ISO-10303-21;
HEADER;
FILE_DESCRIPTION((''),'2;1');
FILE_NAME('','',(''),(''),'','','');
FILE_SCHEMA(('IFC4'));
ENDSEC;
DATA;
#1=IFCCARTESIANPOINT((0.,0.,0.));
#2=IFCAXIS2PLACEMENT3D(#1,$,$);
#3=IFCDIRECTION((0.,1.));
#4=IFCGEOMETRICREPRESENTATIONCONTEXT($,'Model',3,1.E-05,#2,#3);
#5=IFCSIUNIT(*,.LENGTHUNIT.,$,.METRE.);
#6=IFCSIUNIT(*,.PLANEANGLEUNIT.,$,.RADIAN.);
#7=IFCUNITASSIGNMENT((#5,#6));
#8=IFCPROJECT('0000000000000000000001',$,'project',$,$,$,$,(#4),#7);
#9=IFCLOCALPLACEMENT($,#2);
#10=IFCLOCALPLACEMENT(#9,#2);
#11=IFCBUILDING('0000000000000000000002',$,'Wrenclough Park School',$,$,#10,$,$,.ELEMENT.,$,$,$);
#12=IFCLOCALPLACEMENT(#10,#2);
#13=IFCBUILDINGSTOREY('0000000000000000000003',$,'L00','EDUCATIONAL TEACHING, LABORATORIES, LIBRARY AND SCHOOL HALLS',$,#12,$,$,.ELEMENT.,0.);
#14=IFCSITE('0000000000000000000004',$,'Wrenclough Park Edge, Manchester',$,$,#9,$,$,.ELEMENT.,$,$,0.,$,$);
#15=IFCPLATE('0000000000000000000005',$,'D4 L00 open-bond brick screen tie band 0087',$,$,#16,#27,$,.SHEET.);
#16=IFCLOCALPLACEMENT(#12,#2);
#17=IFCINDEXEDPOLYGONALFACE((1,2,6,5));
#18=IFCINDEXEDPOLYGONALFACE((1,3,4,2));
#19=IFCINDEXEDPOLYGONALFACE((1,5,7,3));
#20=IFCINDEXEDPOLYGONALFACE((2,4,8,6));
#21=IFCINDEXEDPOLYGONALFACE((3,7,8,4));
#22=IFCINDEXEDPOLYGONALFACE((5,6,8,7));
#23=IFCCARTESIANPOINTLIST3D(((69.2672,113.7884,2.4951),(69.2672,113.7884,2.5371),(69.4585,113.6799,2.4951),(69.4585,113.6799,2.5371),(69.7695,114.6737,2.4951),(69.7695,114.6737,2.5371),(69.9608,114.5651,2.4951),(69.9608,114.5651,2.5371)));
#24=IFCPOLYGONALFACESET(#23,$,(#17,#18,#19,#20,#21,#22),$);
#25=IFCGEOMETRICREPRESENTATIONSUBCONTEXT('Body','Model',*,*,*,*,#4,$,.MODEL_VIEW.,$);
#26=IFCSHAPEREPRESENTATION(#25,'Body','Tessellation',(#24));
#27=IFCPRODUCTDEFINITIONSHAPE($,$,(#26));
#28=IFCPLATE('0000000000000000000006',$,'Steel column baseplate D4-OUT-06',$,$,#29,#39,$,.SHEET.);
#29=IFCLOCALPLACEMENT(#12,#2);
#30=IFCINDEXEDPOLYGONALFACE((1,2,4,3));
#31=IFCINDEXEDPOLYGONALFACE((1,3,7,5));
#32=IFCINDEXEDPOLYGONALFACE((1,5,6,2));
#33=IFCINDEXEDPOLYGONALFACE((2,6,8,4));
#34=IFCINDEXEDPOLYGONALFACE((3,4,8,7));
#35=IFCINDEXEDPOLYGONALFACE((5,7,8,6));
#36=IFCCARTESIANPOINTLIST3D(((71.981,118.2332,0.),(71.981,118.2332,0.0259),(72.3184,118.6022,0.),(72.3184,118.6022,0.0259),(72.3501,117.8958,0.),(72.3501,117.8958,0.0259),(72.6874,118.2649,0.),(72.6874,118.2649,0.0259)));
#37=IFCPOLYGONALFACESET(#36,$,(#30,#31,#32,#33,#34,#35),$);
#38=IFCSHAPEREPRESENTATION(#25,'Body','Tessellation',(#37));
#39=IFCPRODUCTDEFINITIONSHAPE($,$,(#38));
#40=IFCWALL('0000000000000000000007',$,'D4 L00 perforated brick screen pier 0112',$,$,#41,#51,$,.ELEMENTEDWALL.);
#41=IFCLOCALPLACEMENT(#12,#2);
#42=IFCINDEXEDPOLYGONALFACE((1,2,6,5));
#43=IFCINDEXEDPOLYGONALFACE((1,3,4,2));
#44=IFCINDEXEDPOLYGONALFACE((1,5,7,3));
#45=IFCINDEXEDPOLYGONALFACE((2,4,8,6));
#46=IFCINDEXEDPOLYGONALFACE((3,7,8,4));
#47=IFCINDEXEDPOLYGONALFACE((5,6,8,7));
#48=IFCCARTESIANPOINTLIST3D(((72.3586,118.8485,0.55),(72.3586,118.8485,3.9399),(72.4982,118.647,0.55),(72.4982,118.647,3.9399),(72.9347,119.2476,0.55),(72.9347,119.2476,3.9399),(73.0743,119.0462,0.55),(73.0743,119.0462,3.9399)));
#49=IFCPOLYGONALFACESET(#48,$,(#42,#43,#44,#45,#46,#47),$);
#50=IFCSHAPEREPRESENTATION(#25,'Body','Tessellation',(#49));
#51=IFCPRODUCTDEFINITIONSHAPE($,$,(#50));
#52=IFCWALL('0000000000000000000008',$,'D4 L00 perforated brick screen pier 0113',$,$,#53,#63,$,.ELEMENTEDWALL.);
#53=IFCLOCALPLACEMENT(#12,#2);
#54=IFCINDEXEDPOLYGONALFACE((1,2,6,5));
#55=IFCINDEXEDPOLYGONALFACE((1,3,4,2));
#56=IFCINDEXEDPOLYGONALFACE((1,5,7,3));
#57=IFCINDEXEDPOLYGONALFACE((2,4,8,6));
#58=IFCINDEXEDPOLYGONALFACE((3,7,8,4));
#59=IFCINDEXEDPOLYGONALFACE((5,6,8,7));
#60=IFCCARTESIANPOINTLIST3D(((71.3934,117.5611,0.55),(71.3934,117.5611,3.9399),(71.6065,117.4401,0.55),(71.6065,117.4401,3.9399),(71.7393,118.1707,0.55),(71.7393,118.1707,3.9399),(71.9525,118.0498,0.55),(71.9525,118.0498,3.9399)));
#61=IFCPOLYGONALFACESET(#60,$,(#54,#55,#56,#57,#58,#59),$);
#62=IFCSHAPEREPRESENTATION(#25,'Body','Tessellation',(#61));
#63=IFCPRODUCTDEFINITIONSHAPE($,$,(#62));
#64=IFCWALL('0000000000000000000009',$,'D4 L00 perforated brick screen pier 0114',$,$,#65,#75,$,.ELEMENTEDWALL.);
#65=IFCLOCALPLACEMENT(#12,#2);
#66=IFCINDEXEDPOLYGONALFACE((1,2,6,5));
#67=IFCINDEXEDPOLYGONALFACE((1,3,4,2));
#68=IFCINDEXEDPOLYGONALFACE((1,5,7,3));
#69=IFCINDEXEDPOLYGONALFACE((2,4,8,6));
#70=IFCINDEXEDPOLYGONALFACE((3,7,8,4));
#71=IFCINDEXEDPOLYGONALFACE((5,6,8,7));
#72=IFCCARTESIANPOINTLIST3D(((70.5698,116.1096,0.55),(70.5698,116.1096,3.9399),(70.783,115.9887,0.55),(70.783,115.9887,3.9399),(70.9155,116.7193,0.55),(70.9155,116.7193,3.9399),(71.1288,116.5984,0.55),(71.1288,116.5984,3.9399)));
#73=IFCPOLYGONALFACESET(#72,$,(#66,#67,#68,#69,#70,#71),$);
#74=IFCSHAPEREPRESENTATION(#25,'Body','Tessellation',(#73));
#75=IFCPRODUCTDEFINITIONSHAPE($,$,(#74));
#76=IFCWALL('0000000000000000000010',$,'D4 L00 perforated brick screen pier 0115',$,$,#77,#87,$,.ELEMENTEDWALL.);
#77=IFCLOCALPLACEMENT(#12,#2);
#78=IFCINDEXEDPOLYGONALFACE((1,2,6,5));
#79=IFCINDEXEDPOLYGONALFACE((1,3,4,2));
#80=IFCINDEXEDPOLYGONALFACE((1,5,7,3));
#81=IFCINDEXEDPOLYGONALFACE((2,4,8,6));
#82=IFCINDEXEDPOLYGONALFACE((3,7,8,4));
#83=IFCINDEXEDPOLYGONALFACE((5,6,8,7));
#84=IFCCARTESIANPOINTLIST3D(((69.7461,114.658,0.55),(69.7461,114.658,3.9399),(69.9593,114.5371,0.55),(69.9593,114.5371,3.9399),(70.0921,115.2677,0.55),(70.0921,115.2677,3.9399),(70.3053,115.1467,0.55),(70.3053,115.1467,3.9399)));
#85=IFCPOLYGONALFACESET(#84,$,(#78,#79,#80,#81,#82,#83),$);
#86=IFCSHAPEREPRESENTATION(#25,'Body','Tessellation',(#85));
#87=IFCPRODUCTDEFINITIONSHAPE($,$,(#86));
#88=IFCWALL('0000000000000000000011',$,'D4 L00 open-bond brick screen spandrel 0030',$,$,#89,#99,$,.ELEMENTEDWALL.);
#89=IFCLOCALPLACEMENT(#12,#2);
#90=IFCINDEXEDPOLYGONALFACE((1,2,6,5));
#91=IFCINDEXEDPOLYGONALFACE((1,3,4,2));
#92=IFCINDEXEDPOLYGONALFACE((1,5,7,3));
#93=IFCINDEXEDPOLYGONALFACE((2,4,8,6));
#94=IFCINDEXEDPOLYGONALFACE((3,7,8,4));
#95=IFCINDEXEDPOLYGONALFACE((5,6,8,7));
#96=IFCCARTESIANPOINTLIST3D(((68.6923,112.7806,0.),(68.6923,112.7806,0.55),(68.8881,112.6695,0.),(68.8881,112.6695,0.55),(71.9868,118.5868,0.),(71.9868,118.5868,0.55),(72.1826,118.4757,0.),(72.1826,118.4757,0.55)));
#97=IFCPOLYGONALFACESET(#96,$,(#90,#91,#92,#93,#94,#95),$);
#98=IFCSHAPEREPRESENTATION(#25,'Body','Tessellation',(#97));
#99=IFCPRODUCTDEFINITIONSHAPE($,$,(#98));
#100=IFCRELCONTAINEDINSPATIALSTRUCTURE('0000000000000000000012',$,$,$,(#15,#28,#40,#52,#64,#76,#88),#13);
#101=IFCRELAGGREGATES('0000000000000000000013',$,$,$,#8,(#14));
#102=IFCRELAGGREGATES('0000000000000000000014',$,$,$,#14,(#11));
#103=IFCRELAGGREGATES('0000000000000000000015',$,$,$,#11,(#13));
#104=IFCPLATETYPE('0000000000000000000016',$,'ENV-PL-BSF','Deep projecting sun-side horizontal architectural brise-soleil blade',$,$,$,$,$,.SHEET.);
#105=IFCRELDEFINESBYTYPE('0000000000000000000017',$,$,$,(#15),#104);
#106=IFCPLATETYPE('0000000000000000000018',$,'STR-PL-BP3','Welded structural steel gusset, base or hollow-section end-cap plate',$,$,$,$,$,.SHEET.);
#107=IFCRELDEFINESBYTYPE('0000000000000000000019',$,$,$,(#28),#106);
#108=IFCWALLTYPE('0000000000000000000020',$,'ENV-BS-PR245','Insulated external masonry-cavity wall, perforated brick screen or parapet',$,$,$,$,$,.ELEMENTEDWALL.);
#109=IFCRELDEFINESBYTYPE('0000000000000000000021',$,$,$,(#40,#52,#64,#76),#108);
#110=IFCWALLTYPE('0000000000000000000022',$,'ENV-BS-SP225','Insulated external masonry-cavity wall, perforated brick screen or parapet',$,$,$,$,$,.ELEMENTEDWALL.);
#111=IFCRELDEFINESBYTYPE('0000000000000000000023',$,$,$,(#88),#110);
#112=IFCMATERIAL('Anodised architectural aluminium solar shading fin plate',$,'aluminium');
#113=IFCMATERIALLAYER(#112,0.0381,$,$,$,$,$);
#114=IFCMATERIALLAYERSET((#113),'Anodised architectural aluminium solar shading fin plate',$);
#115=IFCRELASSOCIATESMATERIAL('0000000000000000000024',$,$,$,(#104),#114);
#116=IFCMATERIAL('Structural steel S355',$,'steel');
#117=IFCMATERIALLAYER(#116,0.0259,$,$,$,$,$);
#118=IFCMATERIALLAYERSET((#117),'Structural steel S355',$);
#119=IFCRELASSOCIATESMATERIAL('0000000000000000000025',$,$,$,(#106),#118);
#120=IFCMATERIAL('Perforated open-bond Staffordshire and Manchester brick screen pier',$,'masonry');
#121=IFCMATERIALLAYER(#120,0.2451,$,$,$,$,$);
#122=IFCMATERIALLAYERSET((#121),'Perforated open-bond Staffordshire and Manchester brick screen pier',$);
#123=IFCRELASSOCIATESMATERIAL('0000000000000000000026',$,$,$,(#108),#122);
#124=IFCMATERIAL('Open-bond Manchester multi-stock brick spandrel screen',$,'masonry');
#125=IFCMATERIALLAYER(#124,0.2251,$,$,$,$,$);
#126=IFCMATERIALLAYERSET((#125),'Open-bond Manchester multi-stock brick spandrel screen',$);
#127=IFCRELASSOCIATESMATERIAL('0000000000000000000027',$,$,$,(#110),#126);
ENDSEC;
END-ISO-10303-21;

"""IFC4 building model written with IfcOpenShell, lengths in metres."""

from ifc_helpers import new_model, si_unit, direction, frame, frame_2d, origin, origin_2d, place, context, subcontext, project, spatial, rectangle, extrude, material, layer, layer_set, type_object, element, save


model = new_model("IFC4")

# Units and contexts
model_context = context("Model", 3, precision=1e-05, world=origin(), true_north=direction((0.0, 1.0)))
body_context = subcontext(model_context, "Body", "Model", "MODEL_VIEW")
ifc_project = project(units=[si_unit("LENGTHUNIT", "METRE"), si_unit("PLANEANGLEUNIT", "RADIAN")], contexts=[model_context])

# Site, building, storey
site_placement = place(None, origin())
site = spatial("IfcSite", under=ifc_project, at=site_placement, Name="Wrenclough Park Edge, Manchester", CompositionType="ELEMENT", RefElevation=0.0)
building_placement = place(site_placement, origin())
building = spatial("IfcBuilding", under=site, at=building_placement, Name="Wrenclough Park School", CompositionType="ELEMENT")
storey_placement = place(building_placement, origin())
storey = spatial("IfcBuildingStorey", under=building, at=storey_placement, Name="L00", Description="EDUCATIONAL TEACHING, LABORATORIES, LIBRARY AND SCHOOL HALLS", CompositionType="ELEMENT", Elevation=0.0)

# Shared definitions
ifc_material_1 = material(Name="Structural steel S355", Category="steel")

# Plates
ifc_material_2 = material(Name="Anodised architectural aluminium solar shading fin plate", Category="aluminium")
ifc_layer_1 = layer(ifc_material_2, 0.0381)
ifc_layer_set_1 = layer_set([ifc_layer_1], Name="Anodised architectural aluminium solar shading fin plate")
plate_type_1 = type_object("IfcPlateType", Name="ENV-PL-BSF", Description="Deep projecting sun-side horizontal architectural brise-soleil blade", PredefinedType="SHEET", material=ifc_layer_set_1)
plate_1_placement = place(storey_placement, frame((69.614, 114.1768, 2.4951), z_axis=(0.0, 0.0, 1.0), x_axis=(-0.493509, -0.869741, 0.0)))
element("IfcPlate", 1, at=plate_1_placement, inside=storey, type_object=plate_type_1, Name="D4 L00 open-bond brick screen tie band 0087", PredefinedType="SHEET", context=body_context, shape_type="SweptSolid", body=[
    extrude(rectangle(XDim=1.0178, YDim=0.22, at=origin_2d()), origin(), (0.0, 0.0, 1.0), 0.042),
])
ifc_layer_2 = layer(ifc_material_1, 0.0259)
ifc_layer_set_2 = layer_set([ifc_layer_2], Name="Structural steel S355")
plate_type_2 = type_object("IfcPlateType", Name="STR-PL-BP3", Description="Welded structural steel gusset, base or hollow-section end-cap plate", PredefinedType="SHEET", material=ifc_layer_set_2)
plate_2_placement = place(storey_placement, frame((72.3342, 118.249, 0.0), z_axis=(0.0, 0.0, 1.0), x_axis=(-0.674689, -0.738102, 0.0)))
element("IfcPlate", 2, at=plate_2_placement, inside=storey, type_object=plate_type_2, Name="Steel column baseplate D4-OUT-06", PredefinedType="SHEET", context=body_context, shape_type="SweptSolid", body=[
    extrude(rectangle(XDim=0.5, YDim=0.5, at=origin_2d()), origin(), (0.0, 0.0, 1.0), 0.0259),
])

# Walls
ifc_material_3 = material(Name="Perforated open-bond Staffordshire and Manchester brick screen pier", Category="masonry")
ifc_layer_3 = layer(ifc_material_3, 0.2451)
ifc_layer_set_3 = layer_set([ifc_layer_3], Name="Perforated open-bond Staffordshire and Manchester brick screen pier")
wall_type_1 = type_object("IfcWallType", Name="ENV-BS-PR245", Description="Insulated external masonry-cavity wall, perforated brick screen or parapet", PredefinedType="ELEMENTEDWALL", material=ifc_layer_set_3)
for number, where, z_axis, x_axis, name in (
    (3, (73.0046, 119.147, 0.55), (0.0, 0.0, 1.0), (-0.822004, -0.569482, 0.0), "D4 L00 perforated brick screen pier 0112"),
    (4, (71.8459, 118.1104, 0.55), (0.0, 0.0, 1.0), (-0.493549, -0.869718, 0.0), "D4 L00 perforated brick screen pier 0113"),
    (5, (71.0222, 116.6589, 0.55), (0.0, 0.0, 1.0), (-0.493285, -0.869868, 0.0), "D4 L00 perforated brick screen pier 0114"),
    (6, (70.1987, 115.2073, 0.55), (0.0, 0.0, 1.0), (-0.493549, -0.869718, 0.0), "D4 L00 perforated brick screen pier 0115"),
):
    element("IfcWall", number, at=place(storey_placement, frame(where, z_axis=z_axis, x_axis=x_axis)), inside=storey, type_object=wall_type_1, Name=name, PredefinedType="ELEMENTEDWALL", context=body_context, shape_type="SweptSolid", body=[
        extrude(rectangle(XDim=0.7009, YDim=0.2451, at=frame_2d((0.3506, 0.0))), origin(), (0.0, 0.0, 1.0), 3.3899),
    ])
ifc_material_4 = material(Name="Open-bond Manchester multi-stock brick spandrel screen", Category="masonry")
ifc_layer_4 = layer(ifc_material_4, 0.2251)
ifc_layer_set_4 = layer_set([ifc_layer_4], Name="Open-bond Manchester multi-stock brick spandrel screen")
wall_type_2 = type_object("IfcWallType", Name="ENV-BS-SP225", Description="Insulated external masonry-cavity wall, perforated brick screen or parapet", PredefinedType="ELEMENTEDWALL", material=ifc_layer_set_4)
wall_placement = place(storey_placement, frame((72.0847, 118.5312, 0.0), z_axis=(0.0, 0.0, 1.0), x_axis=(-0.493498, -0.869747, 0.0)))
element("IfcWall", 7, at=wall_placement, inside=storey, type_object=wall_type_2, Name="D4 L00 open-bond brick screen spandrel 0030", PredefinedType="ELEMENTEDWALL", context=body_context, shape_type="SweptSolid", body=[
    extrude(rectangle(XDim=6.6758, YDim=0.2251, at=frame_2d((3.3379, 0.0))), origin(), (0.0, 0.0, 1.0), 0.55),
])

save(model, "model.ifc")
